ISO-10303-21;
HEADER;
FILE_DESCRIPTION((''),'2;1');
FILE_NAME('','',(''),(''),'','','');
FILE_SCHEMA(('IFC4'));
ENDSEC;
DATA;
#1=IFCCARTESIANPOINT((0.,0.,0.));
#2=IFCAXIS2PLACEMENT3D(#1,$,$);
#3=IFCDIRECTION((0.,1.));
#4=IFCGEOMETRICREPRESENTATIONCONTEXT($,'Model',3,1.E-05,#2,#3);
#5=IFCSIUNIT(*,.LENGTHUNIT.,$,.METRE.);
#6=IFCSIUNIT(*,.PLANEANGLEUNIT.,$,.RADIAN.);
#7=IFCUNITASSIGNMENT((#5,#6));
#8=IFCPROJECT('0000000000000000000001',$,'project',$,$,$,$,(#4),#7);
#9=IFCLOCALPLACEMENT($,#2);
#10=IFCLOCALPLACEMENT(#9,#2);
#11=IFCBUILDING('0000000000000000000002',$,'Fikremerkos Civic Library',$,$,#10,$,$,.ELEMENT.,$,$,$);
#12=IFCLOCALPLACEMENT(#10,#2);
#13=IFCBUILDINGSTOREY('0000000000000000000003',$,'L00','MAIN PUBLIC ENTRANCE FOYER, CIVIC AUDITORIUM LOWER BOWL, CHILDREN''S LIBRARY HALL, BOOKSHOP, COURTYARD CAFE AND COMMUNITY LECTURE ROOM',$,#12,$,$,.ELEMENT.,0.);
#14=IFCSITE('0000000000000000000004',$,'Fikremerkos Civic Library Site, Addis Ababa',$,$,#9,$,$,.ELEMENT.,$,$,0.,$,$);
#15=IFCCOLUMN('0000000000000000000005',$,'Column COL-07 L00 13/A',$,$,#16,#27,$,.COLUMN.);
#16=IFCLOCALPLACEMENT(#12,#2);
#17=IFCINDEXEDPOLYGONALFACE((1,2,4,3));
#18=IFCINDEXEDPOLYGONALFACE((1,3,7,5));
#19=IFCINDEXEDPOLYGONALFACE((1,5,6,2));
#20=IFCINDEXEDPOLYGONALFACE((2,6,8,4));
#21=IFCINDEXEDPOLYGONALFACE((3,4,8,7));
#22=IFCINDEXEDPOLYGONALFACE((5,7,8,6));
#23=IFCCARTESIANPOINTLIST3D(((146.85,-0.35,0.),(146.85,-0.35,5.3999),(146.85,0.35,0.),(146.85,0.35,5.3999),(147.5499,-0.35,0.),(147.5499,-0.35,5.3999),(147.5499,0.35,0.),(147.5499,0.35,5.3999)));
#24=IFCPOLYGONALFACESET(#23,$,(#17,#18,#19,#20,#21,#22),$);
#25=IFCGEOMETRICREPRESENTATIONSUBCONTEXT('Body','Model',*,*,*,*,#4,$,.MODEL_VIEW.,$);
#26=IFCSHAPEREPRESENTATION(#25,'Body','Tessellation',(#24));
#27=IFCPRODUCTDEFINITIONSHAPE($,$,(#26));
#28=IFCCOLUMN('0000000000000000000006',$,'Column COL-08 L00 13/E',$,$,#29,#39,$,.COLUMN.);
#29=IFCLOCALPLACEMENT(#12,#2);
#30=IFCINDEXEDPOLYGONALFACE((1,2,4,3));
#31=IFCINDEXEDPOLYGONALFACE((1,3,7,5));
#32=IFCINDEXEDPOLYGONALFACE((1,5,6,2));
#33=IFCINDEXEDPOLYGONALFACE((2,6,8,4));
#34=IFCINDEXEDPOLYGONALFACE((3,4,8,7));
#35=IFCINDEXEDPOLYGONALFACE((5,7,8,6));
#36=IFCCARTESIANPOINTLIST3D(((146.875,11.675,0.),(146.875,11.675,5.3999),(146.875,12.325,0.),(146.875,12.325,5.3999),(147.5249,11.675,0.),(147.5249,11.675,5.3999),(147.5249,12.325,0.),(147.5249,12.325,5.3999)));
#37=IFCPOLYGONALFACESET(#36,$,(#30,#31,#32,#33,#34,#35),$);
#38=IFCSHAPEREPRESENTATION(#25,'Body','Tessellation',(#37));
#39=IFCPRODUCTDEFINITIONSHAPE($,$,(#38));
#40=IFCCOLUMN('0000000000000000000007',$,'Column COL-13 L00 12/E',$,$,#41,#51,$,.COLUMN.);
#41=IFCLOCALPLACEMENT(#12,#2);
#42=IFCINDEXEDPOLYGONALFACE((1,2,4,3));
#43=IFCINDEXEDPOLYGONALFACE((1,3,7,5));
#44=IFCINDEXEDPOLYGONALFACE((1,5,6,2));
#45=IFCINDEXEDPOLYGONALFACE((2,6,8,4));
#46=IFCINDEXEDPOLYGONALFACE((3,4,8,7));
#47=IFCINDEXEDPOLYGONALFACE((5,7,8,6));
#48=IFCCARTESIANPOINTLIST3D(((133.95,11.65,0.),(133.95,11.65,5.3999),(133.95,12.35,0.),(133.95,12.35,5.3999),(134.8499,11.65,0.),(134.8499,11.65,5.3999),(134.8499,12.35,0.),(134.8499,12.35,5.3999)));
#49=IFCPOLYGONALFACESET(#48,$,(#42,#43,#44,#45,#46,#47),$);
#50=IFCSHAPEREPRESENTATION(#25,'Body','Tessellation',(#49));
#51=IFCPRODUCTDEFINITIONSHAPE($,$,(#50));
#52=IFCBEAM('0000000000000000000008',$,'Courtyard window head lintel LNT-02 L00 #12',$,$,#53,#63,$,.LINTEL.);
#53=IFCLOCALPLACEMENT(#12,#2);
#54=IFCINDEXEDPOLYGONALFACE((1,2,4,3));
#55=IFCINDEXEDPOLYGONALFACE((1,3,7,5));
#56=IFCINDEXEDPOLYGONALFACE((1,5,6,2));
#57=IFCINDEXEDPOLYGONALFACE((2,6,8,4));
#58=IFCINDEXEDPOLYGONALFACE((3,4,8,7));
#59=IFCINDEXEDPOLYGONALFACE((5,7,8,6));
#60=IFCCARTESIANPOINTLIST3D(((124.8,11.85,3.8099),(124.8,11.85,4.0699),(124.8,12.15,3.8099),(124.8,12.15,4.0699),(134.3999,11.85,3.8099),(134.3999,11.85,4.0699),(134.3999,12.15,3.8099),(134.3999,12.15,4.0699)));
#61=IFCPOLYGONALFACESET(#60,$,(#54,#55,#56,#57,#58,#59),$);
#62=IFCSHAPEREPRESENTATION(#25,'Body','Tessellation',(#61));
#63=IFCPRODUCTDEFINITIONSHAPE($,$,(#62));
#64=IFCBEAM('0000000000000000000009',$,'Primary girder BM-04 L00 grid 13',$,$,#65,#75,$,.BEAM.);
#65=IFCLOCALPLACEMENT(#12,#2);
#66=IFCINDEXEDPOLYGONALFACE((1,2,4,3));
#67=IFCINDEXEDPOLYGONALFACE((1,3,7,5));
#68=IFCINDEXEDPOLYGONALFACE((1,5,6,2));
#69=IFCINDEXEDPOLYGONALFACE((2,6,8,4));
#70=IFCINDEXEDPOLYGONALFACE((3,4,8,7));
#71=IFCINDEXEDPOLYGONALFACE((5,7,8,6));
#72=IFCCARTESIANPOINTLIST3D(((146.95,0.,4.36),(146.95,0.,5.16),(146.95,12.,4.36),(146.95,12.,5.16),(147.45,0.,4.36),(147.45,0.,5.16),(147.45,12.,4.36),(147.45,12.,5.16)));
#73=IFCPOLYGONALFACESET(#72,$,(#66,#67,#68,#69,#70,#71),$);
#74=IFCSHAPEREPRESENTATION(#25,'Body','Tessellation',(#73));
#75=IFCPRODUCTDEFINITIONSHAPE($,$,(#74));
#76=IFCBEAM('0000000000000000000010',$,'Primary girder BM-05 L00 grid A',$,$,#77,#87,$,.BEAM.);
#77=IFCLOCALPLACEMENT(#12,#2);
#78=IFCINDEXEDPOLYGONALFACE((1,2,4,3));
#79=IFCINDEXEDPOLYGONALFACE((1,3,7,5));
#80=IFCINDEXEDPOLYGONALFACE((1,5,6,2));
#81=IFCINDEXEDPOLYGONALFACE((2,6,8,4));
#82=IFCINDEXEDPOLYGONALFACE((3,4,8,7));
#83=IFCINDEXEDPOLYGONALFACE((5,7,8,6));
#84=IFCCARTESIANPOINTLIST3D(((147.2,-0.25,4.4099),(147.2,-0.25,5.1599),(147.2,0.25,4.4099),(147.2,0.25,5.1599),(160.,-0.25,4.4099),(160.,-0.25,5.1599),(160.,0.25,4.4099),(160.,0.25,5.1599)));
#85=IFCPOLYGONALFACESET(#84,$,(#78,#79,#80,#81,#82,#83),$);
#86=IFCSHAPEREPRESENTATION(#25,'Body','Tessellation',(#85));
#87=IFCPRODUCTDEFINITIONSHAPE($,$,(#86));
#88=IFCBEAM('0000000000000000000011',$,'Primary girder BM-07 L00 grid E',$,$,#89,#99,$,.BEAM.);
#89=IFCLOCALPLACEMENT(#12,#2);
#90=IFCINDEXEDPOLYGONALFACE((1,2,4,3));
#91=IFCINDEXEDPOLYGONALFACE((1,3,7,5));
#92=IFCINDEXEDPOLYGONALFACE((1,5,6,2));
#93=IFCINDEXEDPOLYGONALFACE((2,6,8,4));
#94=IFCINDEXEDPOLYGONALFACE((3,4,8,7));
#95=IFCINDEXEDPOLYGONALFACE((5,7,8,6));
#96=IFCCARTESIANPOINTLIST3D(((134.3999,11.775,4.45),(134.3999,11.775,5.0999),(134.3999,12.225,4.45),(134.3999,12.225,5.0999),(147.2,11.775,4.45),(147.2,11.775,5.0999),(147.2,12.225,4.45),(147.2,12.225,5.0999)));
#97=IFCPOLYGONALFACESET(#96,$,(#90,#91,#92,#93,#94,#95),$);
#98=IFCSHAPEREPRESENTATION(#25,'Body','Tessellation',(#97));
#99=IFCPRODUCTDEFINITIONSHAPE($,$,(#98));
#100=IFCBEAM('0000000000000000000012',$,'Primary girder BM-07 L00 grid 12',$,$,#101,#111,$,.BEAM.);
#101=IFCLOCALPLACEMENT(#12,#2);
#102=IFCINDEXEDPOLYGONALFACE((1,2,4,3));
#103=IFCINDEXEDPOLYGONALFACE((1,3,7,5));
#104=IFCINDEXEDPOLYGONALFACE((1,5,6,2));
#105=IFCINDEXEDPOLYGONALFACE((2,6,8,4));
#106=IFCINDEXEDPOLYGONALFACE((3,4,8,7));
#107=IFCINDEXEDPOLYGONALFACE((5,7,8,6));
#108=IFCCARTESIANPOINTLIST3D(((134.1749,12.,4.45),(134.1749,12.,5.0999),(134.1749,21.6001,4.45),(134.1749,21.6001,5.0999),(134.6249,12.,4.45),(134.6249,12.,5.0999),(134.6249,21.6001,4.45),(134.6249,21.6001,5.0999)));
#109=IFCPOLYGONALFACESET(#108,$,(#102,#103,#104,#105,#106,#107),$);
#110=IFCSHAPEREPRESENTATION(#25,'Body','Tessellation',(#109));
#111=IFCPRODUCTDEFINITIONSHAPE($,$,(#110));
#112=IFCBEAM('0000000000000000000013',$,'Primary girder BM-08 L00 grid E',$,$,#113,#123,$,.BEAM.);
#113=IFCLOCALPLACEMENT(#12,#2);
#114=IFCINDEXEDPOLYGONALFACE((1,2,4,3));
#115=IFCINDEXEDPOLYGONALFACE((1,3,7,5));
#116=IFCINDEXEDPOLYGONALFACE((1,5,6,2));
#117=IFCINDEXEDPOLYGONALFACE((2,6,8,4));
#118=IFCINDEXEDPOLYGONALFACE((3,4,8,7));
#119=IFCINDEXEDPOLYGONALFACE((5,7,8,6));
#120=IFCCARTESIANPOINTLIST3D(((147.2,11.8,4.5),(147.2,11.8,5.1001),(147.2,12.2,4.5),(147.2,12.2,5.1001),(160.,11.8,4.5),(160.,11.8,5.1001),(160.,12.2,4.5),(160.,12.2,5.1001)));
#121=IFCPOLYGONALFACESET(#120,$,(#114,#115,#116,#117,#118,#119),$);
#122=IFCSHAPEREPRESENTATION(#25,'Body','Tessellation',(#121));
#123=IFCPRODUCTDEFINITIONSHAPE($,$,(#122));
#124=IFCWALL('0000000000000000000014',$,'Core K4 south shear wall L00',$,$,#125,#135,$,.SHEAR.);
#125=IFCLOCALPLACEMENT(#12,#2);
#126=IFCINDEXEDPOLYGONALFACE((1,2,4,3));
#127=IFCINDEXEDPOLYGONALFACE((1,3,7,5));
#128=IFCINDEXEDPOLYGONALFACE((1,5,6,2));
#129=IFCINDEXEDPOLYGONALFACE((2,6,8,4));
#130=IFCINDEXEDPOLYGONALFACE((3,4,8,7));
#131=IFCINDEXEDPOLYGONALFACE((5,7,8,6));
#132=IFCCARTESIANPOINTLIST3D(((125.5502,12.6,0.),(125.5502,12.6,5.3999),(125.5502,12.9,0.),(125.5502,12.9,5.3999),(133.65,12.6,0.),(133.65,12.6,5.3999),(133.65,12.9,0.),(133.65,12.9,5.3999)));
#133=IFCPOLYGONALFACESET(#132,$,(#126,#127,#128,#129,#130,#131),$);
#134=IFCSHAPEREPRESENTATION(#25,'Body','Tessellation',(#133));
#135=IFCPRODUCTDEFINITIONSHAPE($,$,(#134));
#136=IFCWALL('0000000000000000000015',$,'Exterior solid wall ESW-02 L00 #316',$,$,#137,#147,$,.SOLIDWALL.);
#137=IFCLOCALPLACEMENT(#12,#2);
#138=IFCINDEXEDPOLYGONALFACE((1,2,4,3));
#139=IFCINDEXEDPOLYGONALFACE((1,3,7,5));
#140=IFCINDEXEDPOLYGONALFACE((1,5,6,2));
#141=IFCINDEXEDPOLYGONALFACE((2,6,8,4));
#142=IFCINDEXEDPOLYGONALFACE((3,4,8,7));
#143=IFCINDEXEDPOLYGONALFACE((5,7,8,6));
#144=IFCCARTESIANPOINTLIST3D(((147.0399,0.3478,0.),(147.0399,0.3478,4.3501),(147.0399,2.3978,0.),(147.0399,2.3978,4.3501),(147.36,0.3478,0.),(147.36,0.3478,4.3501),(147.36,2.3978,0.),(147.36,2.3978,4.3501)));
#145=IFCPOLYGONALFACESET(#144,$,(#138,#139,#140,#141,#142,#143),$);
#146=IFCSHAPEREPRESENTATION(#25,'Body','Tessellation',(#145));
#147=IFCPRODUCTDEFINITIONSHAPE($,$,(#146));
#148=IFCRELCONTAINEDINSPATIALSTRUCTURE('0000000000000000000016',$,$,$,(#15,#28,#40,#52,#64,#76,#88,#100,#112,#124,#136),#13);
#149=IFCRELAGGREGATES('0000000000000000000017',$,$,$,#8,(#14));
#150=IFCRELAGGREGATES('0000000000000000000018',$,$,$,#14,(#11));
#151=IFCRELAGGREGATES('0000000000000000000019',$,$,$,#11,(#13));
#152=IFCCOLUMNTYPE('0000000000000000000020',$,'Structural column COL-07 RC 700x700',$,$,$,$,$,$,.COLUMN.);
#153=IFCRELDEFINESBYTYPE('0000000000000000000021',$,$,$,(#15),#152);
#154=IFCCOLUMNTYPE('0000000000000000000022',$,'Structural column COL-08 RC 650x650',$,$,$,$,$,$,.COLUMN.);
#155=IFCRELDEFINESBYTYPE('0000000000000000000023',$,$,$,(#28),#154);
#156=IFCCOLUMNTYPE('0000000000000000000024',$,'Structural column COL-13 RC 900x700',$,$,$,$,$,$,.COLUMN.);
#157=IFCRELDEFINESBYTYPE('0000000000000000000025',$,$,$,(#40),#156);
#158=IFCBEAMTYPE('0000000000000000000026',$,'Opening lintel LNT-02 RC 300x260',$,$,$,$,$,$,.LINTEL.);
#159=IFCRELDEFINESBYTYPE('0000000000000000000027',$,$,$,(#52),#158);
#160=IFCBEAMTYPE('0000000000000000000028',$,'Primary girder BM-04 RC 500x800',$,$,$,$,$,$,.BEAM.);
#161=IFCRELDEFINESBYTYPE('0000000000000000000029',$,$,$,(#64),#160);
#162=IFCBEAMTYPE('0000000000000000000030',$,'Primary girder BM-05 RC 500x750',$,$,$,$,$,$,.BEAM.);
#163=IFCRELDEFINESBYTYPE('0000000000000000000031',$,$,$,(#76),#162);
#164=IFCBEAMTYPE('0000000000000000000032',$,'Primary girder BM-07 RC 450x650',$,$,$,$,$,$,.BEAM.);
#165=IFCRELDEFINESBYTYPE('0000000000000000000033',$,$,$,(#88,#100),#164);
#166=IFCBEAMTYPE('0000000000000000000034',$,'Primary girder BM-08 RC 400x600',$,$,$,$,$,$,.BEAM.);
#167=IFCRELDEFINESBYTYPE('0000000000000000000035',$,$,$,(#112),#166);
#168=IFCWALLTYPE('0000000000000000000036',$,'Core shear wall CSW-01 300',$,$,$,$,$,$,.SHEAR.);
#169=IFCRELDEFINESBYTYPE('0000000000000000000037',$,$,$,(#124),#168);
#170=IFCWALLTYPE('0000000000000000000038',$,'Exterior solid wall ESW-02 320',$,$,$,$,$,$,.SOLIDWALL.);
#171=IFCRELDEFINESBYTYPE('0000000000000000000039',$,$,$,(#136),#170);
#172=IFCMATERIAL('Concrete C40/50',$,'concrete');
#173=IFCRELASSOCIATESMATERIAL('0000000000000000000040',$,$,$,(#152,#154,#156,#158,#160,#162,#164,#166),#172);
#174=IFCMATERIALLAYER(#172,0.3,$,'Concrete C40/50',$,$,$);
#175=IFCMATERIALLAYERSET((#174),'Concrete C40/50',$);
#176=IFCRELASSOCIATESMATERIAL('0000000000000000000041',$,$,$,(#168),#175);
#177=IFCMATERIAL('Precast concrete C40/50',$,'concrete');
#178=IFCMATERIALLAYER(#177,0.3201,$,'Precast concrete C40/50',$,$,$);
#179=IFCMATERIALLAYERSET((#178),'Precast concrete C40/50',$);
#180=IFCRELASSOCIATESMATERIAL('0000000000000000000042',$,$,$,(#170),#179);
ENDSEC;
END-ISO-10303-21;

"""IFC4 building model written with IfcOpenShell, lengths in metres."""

from ifc_helpers import new_model, si_unit, direction, frame, frame_2d, origin, origin_2d, place, context, subcontext, project, spatial, rectangle, extrude, material, layer, layer_set, material_profile, profile_set, type_object, element, save


model = new_model("IFC4")

# Units and contexts
model_context = context("Model", 3, precision=1e-05, world=origin(), true_north=direction((0.0, 1.0)))
body_context = subcontext(model_context, "Body", "Model", "MODEL_VIEW")
ifc_project = project(units=[si_unit("LENGTHUNIT", "METRE"), si_unit("PLANEANGLEUNIT", "RADIAN")], contexts=[model_context])

# Site, building, storey
site_placement = place(None, origin())
site = spatial("IfcSite", under=ifc_project, at=site_placement, Name="Fikremerkos Civic Library Site, Addis Ababa", CompositionType="ELEMENT", RefElevation=0.0)
building_placement = place(site_placement, origin())
building = spatial("IfcBuilding", under=site, at=building_placement, Name="Fikremerkos Civic Library", CompositionType="ELEMENT")
storey_placement = place(building_placement, origin())
storey = spatial("IfcBuildingStorey", under=building, at=storey_placement, Name="L00", Description="MAIN PUBLIC ENTRANCE FOYER, CIVIC AUDITORIUM LOWER BOWL, CHILDREN'S LIBRARY HALL, BOOKSHOP, COURTYARD CAFE AND COMMUNITY LECTURE ROOM", CompositionType="ELEMENT", Elevation=0.0)

# Columns
ifc_material_1 = material(Name="Concrete C40/50", Category="concrete")
ifc_material_profile_1 = material_profile(ifc_material_1, rectangle(XDim=0.7, YDim=0.7, at=origin_2d()), Name="RC 700x700")
ifc_profile_set_1 = profile_set([ifc_material_profile_1], Name="Concrete C40/50")
column_type_1 = type_object("IfcColumnType", Name="Structural column COL-07 RC 700x700", PredefinedType="COLUMN", material=ifc_profile_set_1)
column_1_placement = place(storey_placement, frame((147.2, 0.0, 0.0), z_axis=(0.0, 0.0, 1.0), x_axis=(1.0, 0.0, 0.0)))
element("IfcColumn", 1, at=column_1_placement, inside=storey, type_object=column_type_1, Name="Column COL-07 L00 13/A", PredefinedType="COLUMN", context=body_context, shape_type="SweptSolid", body=[
    extrude(rectangle(XDim=0.7, YDim=0.7, at=origin_2d()), origin(), (0.0, 0.0, 1.0), 5.3999),
])
ifc_material_profile_2 = material_profile(ifc_material_1, rectangle(XDim=0.6499, YDim=0.6499, at=origin_2d()), Name="RC 650x650")
ifc_profile_set_2 = profile_set([ifc_material_profile_2], Name="Concrete C40/50")
column_type_2 = type_object("IfcColumnType", Name="Structural column COL-08 RC 650x650", PredefinedType="COLUMN", material=ifc_profile_set_2)
column_2_placement = place(storey_placement, frame((147.2, 12.0, 0.0), z_axis=(0.0, 0.0, 1.0), x_axis=(1.0, 0.0, 0.0)))
element("IfcColumn", 2, at=column_2_placement, inside=storey, type_object=column_type_2, Name="Column COL-08 L00 13/E", PredefinedType="COLUMN", context=body_context, shape_type="SweptSolid", body=[
    extrude(rectangle(XDim=0.6499, YDim=0.6499, at=origin_2d()), origin(), (0.0, 0.0, 1.0), 5.3999),
])
ifc_material_profile_3 = material_profile(ifc_material_1, rectangle(XDim=0.8999, YDim=0.7, at=origin_2d()), Name="RC 900x700")
ifc_profile_set_3 = profile_set([ifc_material_profile_3], Name="Concrete C40/50")
column_type_3 = type_object("IfcColumnType", Name="Structural column COL-13 RC 900x700", PredefinedType="COLUMN", material=ifc_profile_set_3)
column_3_placement = place(storey_placement, frame((134.3999, 12.0, 0.0), z_axis=(0.0, 0.0, 1.0), x_axis=(1.0, 0.0, 0.0)))
element("IfcColumn", 3, at=column_3_placement, inside=storey, type_object=column_type_3, Name="Column COL-13 L00 12/E", PredefinedType="COLUMN", context=body_context, shape_type="SweptSolid", body=[
    extrude(rectangle(XDim=0.8999, YDim=0.7, at=origin_2d()), origin(), (0.0, 0.0, 1.0), 5.3999),
])

# Beams
ifc_material_profile_4 = material_profile(ifc_material_1, rectangle(XDim=0.3, YDim=0.26, at=origin_2d()), Name="RC 300x260")
ifc_profile_set_4 = profile_set([ifc_material_profile_4], Name="Concrete C40/50")
beam_type_1 = type_object("IfcBeamType", Name="Opening lintel LNT-02 RC 300x260", PredefinedType="LINTEL", material=ifc_profile_set_4)
beam_1_placement = place(storey_placement, frame((134.3999, 12.0, 3.9399), z_axis=(-1.0, 0.0, 0.0), x_axis=(0.0, -1.0, 0.0)))
element("IfcBeam", 4, at=beam_1_placement, inside=storey, type_object=beam_type_1, Name="Courtyard window head lintel LNT-02 L00 #12", PredefinedType="LINTEL", context=body_context, shape_type="SweptSolid", body=[
    extrude(rectangle(XDim=0.3, YDim=0.26, at=origin_2d()), origin(), (0.0, 0.0, 1.0), 9.5999),
])
ifc_material_profile_5 = material_profile(ifc_material_1, rectangle(XDim=0.5, YDim=0.8, at=origin_2d()), Name="RC 500x800")
ifc_profile_set_5 = profile_set([ifc_material_profile_5], Name="Concrete C40/50")
beam_type_2 = type_object("IfcBeamType", Name="Primary girder BM-04 RC 500x800", PredefinedType="BEAM", material=ifc_profile_set_5)
beam_2_placement = place(storey_placement, frame((147.2, 0.0, 4.76), z_axis=(0.0, 1.0, 0.0), x_axis=(-1.0, 0.0, 0.0)))
element("IfcBeam", 5, at=beam_2_placement, inside=storey, type_object=beam_type_2, Name="Primary girder BM-04 L00 grid 13", PredefinedType="BEAM", context=body_context, shape_type="SweptSolid", body=[
    extrude(rectangle(XDim=0.5, YDim=0.8, at=origin_2d()), origin(), (0.0, 0.0, 1.0), 12.0),
])
ifc_material_profile_6 = material_profile(ifc_material_1, rectangle(XDim=0.5, YDim=0.75, at=origin_2d()), Name="RC 500x750")
ifc_profile_set_6 = profile_set([ifc_material_profile_6], Name="Concrete C40/50")
beam_type_3 = type_object("IfcBeamType", Name="Primary girder BM-05 RC 500x750", PredefinedType="BEAM", material=ifc_profile_set_6)
beam_3_placement = place(storey_placement, frame((147.2, 0.0, 4.7849), z_axis=(1.0, 0.0, 0.0), x_axis=(0.0, 1.0, 0.0)))
element("IfcBeam", 6, at=beam_3_placement, inside=storey, type_object=beam_type_3, Name="Primary girder BM-05 L00 grid A", PredefinedType="BEAM", context=body_context, shape_type="SweptSolid", body=[
    extrude(rectangle(XDim=0.5, YDim=0.75, at=origin_2d()), origin(), (0.0, 0.0, 1.0), 12.8),
])
ifc_material_profile_7 = material_profile(ifc_material_1, rectangle(XDim=0.45, YDim=0.6499, at=origin_2d()), Name="RC 450x650")
ifc_profile_set_7 = profile_set([ifc_material_profile_7], Name="Concrete C40/50")
beam_type_4 = type_object("IfcBeamType", Name="Primary girder BM-07 RC 450x650", PredefinedType="BEAM", material=ifc_profile_set_7)
beam_4_placement = place(storey_placement, frame((134.3999, 12.0, 4.7749), z_axis=(1.0, 0.0, 0.0), x_axis=(0.0, 1.0, 0.0)))
element("IfcBeam", 7, at=beam_4_placement, inside=storey, type_object=beam_type_4, Name="Primary girder BM-07 L00 grid E", PredefinedType="BEAM", context=body_context, shape_type="SweptSolid", body=[
    extrude(rectangle(XDim=0.45, YDim=0.6499, at=origin_2d()), origin(), (0.0, 0.0, 1.0), 12.8),
])
beam_5_placement = place(storey_placement, frame((134.3999, 12.0, 4.7749), z_axis=(0.0, 1.0, 0.0), x_axis=(-1.0, 0.0, 0.0)))
element("IfcBeam", 8, at=beam_5_placement, inside=storey, type_object=beam_type_4, Name="Primary girder BM-07 L00 grid 12", PredefinedType="BEAM", context=body_context, shape_type="SweptSolid", body=[
    extrude(rectangle(XDim=0.45, YDim=0.6499, at=origin_2d()), origin(), (0.0, 0.0, 1.0), 9.6001),
])
ifc_material_profile_8 = material_profile(ifc_material_1, rectangle(XDim=0.3999, YDim=0.6001, at=origin_2d()), Name="RC 400x600")
ifc_profile_set_8 = profile_set([ifc_material_profile_8], Name="Concrete C40/50")
beam_type_5 = type_object("IfcBeamType", Name="Primary girder BM-08 RC 400x600", PredefinedType="BEAM", material=ifc_profile_set_8)
beam_6_placement = place(storey_placement, frame((147.2, 12.0, 4.8), z_axis=(1.0, 0.0, 0.0), x_axis=(0.0, 1.0, 0.0)))
element("IfcBeam", 9, at=beam_6_placement, inside=storey, type_object=beam_type_5, Name="Primary girder BM-08 L00 grid E", PredefinedType="BEAM", context=body_context, shape_type="SweptSolid", body=[
    extrude(rectangle(XDim=0.3999, YDim=0.6001, at=origin_2d()), origin(), (0.0, 0.0, 1.0), 12.8),
])

# Walls
ifc_layer_1 = layer(ifc_material_1, 0.3, Name="Concrete C40/50")
ifc_layer_set_1 = layer_set([ifc_layer_1], Name="Concrete C40/50")
wall_type_1 = type_object("IfcWallType", Name="Core shear wall CSW-01 300", PredefinedType="SHEAR", material=ifc_layer_set_1)
wall_1_placement = place(storey_placement, frame((133.6499, 12.75, 0.0), z_axis=(0.0, 0.0, 1.0), x_axis=(-1.0, 0.0, 0.0)))
element("IfcWall", 10, at=wall_1_placement, inside=storey, type_object=wall_type_1, Name="Core K4 south shear wall L00", PredefinedType="SHEAR", context=body_context, shape_type="SweptSolid", body=[
    extrude(rectangle(XDim=8.0999, YDim=0.3, at=frame_2d((4.0498, 0.0))), origin(), (0.0, 0.0, 1.0), 5.3999),
])
ifc_material_2 = material(Name="Precast concrete C40/50", Category="concrete")
ifc_layer_2 = layer(ifc_material_2, 0.3201, Name="Precast concrete C40/50")
ifc_layer_set_2 = layer_set([ifc_layer_2], Name="Precast concrete C40/50")
wall_type_2 = type_object("IfcWallType", Name="Exterior solid wall ESW-02 320", PredefinedType="SOLIDWALL", material=ifc_layer_set_2)
wall_2_placement = place(storey_placement, frame((147.2, 0.3479, 0.0), z_axis=(0.0, 0.0, 1.0), x_axis=(0.0, 1.0, 0.0)))
element("IfcWall", 11, at=wall_2_placement, inside=storey, type_object=wall_type_2, Name="Exterior solid wall ESW-02 L00 #316", PredefinedType="SOLIDWALL", context=body_context, shape_type="SweptSolid", body=[
    extrude(rectangle(XDim=2.05, YDim=0.3201, at=frame_2d((1.0249, 0.0))), origin(), (0.0, 0.0, 1.0), 4.3501),
])

save(model, "model.ifc")
